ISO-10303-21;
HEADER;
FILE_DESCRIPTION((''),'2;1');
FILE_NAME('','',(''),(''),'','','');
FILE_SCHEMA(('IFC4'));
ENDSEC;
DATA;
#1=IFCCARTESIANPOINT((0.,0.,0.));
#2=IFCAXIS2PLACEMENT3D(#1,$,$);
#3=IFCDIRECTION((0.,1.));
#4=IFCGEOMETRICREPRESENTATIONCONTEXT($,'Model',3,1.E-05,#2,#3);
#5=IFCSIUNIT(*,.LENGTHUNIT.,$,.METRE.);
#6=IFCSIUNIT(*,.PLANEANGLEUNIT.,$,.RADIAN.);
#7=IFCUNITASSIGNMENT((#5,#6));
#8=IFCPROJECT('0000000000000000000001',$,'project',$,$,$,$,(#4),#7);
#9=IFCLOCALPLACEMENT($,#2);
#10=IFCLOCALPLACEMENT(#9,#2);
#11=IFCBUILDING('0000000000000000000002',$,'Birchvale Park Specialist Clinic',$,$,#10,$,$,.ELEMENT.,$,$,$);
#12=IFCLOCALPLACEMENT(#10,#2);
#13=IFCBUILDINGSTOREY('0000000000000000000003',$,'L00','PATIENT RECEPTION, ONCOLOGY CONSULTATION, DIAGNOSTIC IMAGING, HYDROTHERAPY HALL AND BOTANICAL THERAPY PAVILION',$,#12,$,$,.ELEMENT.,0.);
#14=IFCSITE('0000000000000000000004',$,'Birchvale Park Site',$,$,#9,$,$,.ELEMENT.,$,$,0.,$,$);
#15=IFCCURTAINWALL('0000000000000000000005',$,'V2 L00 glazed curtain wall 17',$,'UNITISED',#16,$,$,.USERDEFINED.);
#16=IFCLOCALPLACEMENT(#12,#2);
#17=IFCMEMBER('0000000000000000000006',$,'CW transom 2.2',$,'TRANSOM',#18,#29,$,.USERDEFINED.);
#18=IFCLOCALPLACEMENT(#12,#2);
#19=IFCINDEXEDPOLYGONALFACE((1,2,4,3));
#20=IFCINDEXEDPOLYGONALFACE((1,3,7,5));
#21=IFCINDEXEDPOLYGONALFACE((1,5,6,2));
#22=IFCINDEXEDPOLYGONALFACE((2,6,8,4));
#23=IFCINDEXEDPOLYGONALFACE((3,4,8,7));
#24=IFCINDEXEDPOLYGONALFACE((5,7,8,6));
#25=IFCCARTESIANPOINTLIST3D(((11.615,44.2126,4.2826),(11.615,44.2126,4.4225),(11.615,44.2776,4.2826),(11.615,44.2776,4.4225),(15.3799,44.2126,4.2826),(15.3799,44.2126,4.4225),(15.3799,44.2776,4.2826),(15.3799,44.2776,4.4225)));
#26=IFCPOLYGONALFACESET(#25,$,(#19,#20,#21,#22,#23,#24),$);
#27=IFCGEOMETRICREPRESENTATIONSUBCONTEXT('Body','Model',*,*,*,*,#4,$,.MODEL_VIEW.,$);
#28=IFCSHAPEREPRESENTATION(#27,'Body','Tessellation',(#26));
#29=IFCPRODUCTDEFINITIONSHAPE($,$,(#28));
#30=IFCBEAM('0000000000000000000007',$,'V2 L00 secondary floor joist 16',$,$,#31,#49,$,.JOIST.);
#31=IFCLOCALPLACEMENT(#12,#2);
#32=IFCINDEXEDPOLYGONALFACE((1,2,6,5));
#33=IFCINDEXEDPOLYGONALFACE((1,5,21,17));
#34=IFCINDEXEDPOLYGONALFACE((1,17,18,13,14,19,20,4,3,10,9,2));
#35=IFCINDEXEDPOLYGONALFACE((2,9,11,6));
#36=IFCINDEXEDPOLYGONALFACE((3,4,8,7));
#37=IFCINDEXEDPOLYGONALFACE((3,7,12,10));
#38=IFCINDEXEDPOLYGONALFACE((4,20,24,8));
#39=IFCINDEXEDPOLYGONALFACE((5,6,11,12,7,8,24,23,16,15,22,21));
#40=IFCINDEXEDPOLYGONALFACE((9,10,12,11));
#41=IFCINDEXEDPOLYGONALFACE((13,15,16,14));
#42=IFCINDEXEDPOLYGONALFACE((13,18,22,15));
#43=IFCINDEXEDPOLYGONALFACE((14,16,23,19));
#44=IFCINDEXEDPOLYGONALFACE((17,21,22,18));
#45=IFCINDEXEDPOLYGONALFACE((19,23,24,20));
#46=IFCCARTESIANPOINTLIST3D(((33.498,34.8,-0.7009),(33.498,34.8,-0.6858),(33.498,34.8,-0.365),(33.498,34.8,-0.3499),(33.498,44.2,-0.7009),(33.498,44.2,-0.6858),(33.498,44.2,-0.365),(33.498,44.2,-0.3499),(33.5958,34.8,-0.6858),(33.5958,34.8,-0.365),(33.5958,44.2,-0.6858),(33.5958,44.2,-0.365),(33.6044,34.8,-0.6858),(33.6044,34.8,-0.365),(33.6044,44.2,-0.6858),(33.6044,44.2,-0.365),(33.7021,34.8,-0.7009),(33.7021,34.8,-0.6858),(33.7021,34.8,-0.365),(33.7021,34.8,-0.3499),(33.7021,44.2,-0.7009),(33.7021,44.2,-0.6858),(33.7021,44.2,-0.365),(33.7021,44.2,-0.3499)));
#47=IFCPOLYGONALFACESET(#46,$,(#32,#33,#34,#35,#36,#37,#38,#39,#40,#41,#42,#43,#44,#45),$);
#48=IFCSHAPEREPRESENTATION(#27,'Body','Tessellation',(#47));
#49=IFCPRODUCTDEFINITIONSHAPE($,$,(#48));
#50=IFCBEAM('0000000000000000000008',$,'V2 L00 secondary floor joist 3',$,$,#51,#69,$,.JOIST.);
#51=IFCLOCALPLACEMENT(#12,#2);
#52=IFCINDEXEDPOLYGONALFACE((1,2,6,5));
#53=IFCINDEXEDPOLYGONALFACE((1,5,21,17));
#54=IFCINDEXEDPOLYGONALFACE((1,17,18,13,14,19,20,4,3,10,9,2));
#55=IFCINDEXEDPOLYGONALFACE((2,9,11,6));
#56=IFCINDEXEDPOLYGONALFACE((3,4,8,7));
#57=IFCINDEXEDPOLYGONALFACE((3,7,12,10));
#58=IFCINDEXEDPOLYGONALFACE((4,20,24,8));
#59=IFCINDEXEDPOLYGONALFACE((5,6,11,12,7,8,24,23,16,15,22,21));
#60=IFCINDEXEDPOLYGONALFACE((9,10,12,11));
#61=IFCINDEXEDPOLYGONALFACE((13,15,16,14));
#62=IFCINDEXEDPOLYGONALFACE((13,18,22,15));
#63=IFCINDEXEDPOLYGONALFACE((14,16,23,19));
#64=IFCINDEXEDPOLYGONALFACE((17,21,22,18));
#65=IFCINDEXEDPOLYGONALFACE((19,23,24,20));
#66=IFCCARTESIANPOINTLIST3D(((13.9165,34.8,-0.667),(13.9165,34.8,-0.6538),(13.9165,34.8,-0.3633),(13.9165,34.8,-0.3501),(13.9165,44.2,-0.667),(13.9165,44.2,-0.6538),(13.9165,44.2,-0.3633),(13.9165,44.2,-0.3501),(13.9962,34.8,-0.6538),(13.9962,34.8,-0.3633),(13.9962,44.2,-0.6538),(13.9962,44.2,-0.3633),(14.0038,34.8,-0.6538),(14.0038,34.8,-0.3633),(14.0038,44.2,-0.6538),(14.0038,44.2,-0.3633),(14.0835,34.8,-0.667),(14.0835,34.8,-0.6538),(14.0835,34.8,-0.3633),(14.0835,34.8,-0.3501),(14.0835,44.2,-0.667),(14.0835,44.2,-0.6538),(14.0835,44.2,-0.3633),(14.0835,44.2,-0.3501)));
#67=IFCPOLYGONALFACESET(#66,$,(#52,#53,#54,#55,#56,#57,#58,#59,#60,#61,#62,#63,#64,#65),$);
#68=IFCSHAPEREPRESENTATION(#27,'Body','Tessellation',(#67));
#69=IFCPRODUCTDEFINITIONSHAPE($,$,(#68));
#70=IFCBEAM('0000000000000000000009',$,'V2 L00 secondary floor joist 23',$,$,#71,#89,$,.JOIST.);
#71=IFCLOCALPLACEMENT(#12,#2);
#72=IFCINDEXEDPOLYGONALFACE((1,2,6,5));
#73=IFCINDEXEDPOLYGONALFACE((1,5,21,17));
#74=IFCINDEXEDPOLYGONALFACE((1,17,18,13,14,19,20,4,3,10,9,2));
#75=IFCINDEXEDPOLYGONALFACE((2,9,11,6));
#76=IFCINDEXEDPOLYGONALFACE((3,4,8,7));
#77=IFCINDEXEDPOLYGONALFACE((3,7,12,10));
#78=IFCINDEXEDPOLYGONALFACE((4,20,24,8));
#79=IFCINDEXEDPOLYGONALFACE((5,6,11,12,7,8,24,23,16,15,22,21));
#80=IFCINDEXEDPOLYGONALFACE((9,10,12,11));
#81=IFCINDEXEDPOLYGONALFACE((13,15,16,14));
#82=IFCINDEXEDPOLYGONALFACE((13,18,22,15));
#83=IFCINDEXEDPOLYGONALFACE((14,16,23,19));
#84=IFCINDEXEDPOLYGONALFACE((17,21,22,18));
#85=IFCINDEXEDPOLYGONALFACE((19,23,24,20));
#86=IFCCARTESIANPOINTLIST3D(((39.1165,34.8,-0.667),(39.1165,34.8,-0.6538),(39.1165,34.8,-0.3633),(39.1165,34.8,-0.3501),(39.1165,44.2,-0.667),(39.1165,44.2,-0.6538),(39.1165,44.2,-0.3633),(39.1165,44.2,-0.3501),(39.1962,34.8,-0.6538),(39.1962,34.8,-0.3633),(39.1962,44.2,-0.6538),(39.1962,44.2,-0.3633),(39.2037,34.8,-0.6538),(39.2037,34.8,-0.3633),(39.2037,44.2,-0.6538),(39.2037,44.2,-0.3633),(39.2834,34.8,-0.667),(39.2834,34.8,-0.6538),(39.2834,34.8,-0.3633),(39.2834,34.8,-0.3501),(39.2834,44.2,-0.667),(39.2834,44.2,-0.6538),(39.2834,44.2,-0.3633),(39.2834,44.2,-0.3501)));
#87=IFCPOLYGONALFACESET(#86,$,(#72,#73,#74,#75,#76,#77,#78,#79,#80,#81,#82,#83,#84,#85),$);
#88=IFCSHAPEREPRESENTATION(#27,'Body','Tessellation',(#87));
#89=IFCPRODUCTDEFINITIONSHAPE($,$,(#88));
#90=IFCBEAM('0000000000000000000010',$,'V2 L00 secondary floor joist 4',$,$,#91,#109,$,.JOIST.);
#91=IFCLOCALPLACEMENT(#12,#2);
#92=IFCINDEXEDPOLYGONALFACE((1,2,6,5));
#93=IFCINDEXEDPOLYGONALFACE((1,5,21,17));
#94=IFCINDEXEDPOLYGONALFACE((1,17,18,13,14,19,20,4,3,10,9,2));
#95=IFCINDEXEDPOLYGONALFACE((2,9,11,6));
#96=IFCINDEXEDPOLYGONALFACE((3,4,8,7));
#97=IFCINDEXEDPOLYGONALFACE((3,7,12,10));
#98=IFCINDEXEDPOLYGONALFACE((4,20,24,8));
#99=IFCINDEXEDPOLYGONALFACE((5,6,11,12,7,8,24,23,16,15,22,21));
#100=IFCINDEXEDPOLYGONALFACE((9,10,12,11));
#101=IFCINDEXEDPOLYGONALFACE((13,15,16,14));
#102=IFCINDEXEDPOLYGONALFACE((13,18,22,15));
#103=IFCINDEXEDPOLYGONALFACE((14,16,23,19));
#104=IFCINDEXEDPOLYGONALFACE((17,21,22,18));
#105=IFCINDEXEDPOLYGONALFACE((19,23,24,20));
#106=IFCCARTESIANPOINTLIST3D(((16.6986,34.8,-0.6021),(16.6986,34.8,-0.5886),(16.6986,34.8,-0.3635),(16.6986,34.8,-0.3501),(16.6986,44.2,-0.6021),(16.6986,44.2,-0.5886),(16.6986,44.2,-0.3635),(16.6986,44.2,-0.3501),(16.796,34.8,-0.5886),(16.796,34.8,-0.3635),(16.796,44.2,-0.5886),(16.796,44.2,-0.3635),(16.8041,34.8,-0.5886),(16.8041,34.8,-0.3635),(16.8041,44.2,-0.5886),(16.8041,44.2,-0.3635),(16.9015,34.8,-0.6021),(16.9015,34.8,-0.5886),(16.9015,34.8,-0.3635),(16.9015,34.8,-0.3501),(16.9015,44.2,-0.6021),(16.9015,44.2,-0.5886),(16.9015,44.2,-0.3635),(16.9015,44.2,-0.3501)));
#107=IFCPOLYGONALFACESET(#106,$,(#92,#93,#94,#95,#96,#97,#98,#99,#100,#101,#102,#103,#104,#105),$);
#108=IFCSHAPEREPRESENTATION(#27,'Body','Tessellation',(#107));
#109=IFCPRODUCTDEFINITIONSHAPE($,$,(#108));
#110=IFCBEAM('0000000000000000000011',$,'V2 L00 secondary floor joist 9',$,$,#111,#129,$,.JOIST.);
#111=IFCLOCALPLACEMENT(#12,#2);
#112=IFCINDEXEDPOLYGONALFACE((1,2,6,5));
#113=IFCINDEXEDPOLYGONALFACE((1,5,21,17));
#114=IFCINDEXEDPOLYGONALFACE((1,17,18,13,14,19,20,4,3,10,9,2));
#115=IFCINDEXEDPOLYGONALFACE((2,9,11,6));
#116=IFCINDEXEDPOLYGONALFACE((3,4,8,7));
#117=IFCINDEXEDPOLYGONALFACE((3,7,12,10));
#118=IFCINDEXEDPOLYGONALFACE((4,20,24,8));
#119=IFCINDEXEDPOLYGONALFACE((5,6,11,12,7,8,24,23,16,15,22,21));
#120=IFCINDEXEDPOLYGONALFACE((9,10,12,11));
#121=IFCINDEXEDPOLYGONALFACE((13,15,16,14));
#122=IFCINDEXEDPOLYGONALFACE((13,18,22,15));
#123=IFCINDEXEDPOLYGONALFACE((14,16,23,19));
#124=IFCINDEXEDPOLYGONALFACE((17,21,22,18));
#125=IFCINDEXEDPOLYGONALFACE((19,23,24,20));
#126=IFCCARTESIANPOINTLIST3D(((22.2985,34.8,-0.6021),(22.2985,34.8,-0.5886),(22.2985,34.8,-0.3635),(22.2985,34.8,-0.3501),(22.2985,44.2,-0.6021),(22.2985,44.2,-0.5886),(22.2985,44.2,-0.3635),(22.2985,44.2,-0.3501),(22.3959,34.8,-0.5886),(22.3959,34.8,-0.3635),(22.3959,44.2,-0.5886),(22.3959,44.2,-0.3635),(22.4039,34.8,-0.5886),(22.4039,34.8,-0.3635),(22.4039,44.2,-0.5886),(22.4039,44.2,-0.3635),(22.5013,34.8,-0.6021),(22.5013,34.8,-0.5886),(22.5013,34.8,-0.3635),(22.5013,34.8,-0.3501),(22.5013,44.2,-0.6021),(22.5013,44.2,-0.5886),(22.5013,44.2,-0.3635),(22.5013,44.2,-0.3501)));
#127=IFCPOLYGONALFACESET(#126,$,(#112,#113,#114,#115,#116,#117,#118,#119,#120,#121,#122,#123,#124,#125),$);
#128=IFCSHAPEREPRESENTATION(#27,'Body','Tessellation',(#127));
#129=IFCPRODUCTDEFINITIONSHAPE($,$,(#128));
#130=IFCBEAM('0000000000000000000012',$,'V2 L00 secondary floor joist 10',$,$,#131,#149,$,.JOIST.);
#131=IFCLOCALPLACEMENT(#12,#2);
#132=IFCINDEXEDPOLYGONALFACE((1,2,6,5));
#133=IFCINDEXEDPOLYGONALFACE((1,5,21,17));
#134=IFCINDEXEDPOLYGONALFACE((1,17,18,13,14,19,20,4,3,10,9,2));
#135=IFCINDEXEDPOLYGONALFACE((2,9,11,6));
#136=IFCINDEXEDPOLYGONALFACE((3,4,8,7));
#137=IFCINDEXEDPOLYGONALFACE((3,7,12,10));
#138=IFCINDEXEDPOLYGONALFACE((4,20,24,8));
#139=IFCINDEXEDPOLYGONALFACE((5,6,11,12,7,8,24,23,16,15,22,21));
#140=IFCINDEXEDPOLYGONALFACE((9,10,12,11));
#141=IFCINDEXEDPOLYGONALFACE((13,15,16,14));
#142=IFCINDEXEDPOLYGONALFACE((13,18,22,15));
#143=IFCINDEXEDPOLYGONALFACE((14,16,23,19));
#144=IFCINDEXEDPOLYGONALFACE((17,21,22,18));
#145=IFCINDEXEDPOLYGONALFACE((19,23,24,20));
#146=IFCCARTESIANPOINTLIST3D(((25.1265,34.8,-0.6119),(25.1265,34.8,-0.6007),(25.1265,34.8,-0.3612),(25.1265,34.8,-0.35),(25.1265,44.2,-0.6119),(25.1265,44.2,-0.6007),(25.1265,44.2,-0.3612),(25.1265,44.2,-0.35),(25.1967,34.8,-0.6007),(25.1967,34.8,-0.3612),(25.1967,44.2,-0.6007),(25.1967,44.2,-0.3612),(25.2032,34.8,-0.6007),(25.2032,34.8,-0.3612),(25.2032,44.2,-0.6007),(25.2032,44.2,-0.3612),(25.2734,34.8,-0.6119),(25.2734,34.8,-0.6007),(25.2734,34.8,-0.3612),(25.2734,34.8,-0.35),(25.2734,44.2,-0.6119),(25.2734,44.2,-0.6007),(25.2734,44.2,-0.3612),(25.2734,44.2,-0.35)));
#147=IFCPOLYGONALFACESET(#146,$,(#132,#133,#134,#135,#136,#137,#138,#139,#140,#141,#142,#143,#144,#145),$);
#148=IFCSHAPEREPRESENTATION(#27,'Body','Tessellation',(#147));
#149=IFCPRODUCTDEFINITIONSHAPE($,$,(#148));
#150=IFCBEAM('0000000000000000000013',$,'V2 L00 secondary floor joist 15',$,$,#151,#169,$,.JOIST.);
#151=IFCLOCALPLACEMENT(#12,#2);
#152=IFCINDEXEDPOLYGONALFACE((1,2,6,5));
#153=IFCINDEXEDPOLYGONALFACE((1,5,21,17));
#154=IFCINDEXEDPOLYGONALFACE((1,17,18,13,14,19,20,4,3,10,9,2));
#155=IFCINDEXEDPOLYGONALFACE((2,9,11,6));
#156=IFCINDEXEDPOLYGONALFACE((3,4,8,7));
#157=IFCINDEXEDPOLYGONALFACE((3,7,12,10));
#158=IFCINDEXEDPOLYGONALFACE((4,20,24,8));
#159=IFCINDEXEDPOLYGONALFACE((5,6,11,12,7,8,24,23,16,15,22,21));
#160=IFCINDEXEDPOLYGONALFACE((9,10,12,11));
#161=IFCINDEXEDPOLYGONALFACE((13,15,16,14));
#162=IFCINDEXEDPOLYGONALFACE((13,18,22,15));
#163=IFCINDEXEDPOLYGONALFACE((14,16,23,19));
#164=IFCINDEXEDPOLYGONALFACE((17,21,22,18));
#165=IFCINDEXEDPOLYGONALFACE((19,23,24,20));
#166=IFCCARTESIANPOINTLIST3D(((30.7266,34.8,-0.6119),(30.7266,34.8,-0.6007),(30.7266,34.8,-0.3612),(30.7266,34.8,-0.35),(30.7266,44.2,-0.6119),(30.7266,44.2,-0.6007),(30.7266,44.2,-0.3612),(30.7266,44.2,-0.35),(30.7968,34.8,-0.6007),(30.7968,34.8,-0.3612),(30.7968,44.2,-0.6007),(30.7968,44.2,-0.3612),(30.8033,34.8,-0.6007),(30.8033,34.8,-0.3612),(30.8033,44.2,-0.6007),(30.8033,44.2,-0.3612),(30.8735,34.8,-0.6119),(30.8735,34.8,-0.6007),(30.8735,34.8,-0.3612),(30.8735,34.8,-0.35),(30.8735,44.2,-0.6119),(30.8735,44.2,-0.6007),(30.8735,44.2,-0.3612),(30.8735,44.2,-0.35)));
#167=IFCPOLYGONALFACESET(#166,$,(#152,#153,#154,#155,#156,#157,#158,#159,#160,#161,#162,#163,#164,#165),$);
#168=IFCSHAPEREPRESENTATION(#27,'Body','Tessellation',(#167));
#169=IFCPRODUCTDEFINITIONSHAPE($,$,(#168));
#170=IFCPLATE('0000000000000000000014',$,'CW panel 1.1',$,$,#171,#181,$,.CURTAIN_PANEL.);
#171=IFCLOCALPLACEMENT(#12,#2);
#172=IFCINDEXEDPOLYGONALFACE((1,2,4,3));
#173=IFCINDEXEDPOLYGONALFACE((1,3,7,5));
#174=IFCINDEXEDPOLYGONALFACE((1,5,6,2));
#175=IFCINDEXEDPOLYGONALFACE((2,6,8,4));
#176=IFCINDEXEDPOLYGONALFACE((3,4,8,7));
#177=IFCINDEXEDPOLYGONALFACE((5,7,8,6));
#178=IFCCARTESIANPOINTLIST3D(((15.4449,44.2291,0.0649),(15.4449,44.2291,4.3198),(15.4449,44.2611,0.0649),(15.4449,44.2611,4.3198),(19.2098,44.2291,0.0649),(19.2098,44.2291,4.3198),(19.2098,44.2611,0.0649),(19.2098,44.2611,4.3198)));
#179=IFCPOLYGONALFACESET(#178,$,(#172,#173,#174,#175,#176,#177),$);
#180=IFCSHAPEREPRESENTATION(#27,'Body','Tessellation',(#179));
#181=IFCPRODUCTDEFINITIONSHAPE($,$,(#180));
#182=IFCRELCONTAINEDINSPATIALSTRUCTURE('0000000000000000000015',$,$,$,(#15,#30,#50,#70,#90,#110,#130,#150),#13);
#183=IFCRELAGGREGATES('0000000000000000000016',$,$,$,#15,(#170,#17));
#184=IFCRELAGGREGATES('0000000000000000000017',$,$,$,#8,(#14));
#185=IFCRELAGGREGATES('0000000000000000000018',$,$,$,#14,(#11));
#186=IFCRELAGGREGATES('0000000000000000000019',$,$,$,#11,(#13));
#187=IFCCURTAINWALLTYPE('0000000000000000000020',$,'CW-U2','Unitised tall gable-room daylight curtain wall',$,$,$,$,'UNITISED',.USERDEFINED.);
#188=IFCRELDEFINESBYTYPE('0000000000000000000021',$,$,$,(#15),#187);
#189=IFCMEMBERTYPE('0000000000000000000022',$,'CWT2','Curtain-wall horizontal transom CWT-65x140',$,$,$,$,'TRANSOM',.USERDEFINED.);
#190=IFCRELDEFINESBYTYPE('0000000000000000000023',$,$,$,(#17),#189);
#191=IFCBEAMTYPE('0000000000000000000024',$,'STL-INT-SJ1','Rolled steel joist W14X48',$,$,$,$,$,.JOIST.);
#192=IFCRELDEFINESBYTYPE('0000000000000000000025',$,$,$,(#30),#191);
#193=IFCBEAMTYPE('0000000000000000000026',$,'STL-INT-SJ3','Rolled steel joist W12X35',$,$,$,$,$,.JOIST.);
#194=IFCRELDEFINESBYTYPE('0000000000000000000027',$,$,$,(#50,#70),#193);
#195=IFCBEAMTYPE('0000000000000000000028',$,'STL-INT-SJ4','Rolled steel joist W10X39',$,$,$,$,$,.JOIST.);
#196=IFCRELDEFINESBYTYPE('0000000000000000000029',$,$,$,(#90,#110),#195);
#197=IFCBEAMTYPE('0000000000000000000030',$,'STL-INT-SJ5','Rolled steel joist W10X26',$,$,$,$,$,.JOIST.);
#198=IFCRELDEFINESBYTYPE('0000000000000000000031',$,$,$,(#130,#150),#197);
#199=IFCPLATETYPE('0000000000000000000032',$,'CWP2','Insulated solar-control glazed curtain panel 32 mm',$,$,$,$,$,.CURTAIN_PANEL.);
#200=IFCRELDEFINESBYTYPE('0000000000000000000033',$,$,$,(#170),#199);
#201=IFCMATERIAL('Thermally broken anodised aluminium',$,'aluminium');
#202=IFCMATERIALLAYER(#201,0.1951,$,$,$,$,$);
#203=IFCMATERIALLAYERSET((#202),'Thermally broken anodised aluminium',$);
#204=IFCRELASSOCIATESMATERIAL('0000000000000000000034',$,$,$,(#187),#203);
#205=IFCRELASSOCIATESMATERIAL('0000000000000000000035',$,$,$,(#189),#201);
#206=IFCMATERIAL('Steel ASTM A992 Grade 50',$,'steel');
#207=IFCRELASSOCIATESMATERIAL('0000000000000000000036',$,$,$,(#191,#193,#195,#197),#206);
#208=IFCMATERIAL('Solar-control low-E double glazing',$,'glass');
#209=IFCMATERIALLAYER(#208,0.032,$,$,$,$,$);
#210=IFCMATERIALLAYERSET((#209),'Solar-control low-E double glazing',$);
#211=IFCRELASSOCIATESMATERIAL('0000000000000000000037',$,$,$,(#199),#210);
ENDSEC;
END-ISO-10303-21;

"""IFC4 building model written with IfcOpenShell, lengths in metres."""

from ifc_helpers import new_model, si_unit, direction, frame, origin, origin_2d, place, context, subcontext, project, spatial, rectangle, i_section, extrude, material, layer, layer_set, material_profile, profile_set, type_object, element, aggregate, save


model = new_model("IFC4")

# Units and contexts
model_context = context("Model", 3, precision=1e-05, world=origin(), true_north=direction((0.0, 1.0)))
body_context = subcontext(model_context, "Body", "Model", "MODEL_VIEW")
ifc_project = project(units=[si_unit("LENGTHUNIT", "METRE"), si_unit("PLANEANGLEUNIT", "RADIAN")], contexts=[model_context])

# Site, building, storey
site_placement = place(None, origin())
site = spatial("IfcSite", under=ifc_project, at=site_placement, Name="Birchvale Park Site", CompositionType="ELEMENT", RefElevation=0.0)
building_placement = place(site_placement, origin())
building = spatial("IfcBuilding", under=site, at=building_placement, Name="Birchvale Park Specialist Clinic", CompositionType="ELEMENT")
storey_placement = place(building_placement, origin())
storey = spatial("IfcBuildingStorey", under=building, at=storey_placement, Name="L00", Description="PATIENT RECEPTION, ONCOLOGY CONSULTATION, DIAGNOSTIC IMAGING, HYDROTHERAPY HALL AND BOTANICAL THERAPY PAVILION", CompositionType="ELEMENT", Elevation=0.0)

# Curtain wall, member
ifc_material_1 = material(Name="Thermally broken anodised aluminium", Category="aluminium")
ifc_layer_1 = layer(ifc_material_1, 0.1951)
ifc_layer_set_1 = layer_set([ifc_layer_1], Name="Thermally broken anodised aluminium")
curtain_wall_type = type_object("IfcCurtainWallType", Name="CW-U2", Description="Unitised tall gable-room daylight curtain wall", ElementType="UNITISED", PredefinedType="USERDEFINED", material=ifc_layer_set_1)
curtain_wall_placement = place(storey_placement, origin())
curtain_wall = element("IfcCurtainWall", 1, at=curtain_wall_placement, inside=storey, type_object=curtain_wall_type, Name="V2 L00 glazed curtain wall 17", ObjectType="UNITISED", PredefinedType="USERDEFINED")
ifc_material_profile_1 = material_profile(ifc_material_1, rectangle(XDim=0.0649, YDim=0.1399, at=origin_2d()), Name="CWT-65x140")
ifc_profile_set_1 = profile_set([ifc_material_profile_1], Name="Thermally broken anodised aluminium")
member_type_1 = type_object("IfcMemberType", Name="CWT2", Description="Curtain-wall horizontal transom CWT-65x140", ElementType="TRANSOM", PredefinedType="USERDEFINED", material=ifc_profile_set_1)
member_1_placement = place(storey_placement, frame((15.3799, 44.2451, 4.3525), z_axis=(-1.0, 0.0, 0.0), x_axis=(0.0, -1.0, 0.0)))
member_1 = element("IfcMember", 2, at=member_1_placement, type_object=member_type_1, Name="CW transom 2.2", ObjectType="TRANSOM", PredefinedType="USERDEFINED", context=body_context, shape_type="SweptSolid", body=[
    extrude(rectangle(XDim=0.0649, YDim=0.1399, at=origin_2d()), origin(), (0.0, 0.0, 1.0), 3.7649),
])

# Beams
ifc_material_2 = material(Name="Steel ASTM A992 Grade 50", Category="steel")
ifc_material_profile_2 = material_profile(ifc_material_2, i_section(OverallWidth=0.2041, OverallDepth=0.3511, WebThickness=0.0085, FlangeThickness=0.0151, at=origin_2d()), Name="W14X48")
ifc_profile_set_2 = profile_set([ifc_material_profile_2], Name="Steel ASTM A992 Grade 50")
beam_type_1 = type_object("IfcBeamType", Name="STL-INT-SJ1", Description="Rolled steel joist W14X48", PredefinedType="JOIST", material=ifc_profile_set_2)
beam_1_placement = place(storey_placement, frame((33.6001, 34.8, -0.5254), z_axis=(0.0, 1.0, 0.0), x_axis=(-1.0, 0.0, 0.0)))
element("IfcBeam", 3, at=beam_1_placement, inside=storey, type_object=beam_type_1, Name="V2 L00 secondary floor joist 16", PredefinedType="JOIST", context=body_context, shape_type="SweptSolid", body=[
    extrude(i_section(OverallWidth=0.2041, OverallDepth=0.3511, WebThickness=0.0085, FlangeThickness=0.0151, at=origin_2d()), origin(), (0.0, 0.0, 1.0), 9.3999),
])
ifc_material_profile_3 = material_profile(ifc_material_2, i_section(OverallWidth=0.167, OverallDepth=0.3169, WebThickness=0.0076, FlangeThickness=0.0132, at=origin_2d()), Name="W12X35")
ifc_profile_set_3 = profile_set([ifc_material_profile_3], Name="Steel ASTM A992 Grade 50")
beam_type_2 = type_object("IfcBeamType", Name="STL-INT-SJ3", Description="Rolled steel joist W12X35", PredefinedType="JOIST", material=ifc_profile_set_3)
for number, where, z_axis, x_axis, name in (
    (4, (14.0, 34.8, -0.5085), (0.0, 1.0, 0.0), (-1.0, 0.0, 0.0), "V2 L00 secondary floor joist 3"),
    (5, (39.2, 34.8, -0.5085), (0.0, 1.0, 0.0), (-1.0, 0.0, 0.0), "V2 L00 secondary floor joist 23"),
):
    element("IfcBeam", number, at=place(storey_placement, frame(where, z_axis=z_axis, x_axis=x_axis)), inside=storey, type_object=beam_type_2, Name=name, PredefinedType="JOIST", context=body_context, shape_type="SweptSolid", body=[
        extrude(i_section(OverallWidth=0.167, OverallDepth=0.3169, WebThickness=0.0076, FlangeThickness=0.0132, at=origin_2d()), origin(), (0.0, 0.0, 1.0), 9.3999),
    ])
ifc_material_profile_4 = material_profile(ifc_material_2, i_section(OverallWidth=0.2029, OverallDepth=0.252, WebThickness=0.0081, FlangeThickness=0.0134, at=origin_2d()), Name="W10X39")
ifc_profile_set_4 = profile_set([ifc_material_profile_4], Name="Steel ASTM A992 Grade 50")
beam_type_3 = type_object("IfcBeamType", Name="STL-INT-SJ4", Description="Rolled steel joist W10X39", PredefinedType="JOIST", material=ifc_profile_set_4)
for number, where, z_axis, x_axis, name in (
    (6, (16.8, 34.8, -0.4761), (0.0, 1.0, 0.0), (-1.0, 0.0, 0.0), "V2 L00 secondary floor joist 4"),
    (7, (22.3999, 34.8, -0.4761), (0.0, 1.0, 0.0), (-1.0, 0.0, 0.0), "V2 L00 secondary floor joist 9"),
):
    element("IfcBeam", number, at=place(storey_placement, frame(where, z_axis=z_axis, x_axis=x_axis)), inside=storey, type_object=beam_type_3, Name=name, PredefinedType="JOIST", context=body_context, shape_type="SweptSolid", body=[
        extrude(i_section(OverallWidth=0.2029, OverallDepth=0.252, WebThickness=0.0081, FlangeThickness=0.0134, at=origin_2d()), origin(), (0.0, 0.0, 1.0), 9.3999),
    ])
ifc_material_profile_5 = material_profile(ifc_material_2, i_section(OverallWidth=0.147, OverallDepth=0.262, WebThickness=0.0066, FlangeThickness=0.0112, at=origin_2d()), Name="W10X26")
ifc_profile_set_5 = profile_set([ifc_material_profile_5], Name="Steel ASTM A992 Grade 50")
beam_type_4 = type_object("IfcBeamType", Name="STL-INT-SJ5", Description="Rolled steel joist W10X26", PredefinedType="JOIST", material=ifc_profile_set_5)
for number, where, z_axis, x_axis, name in (
    (8, (25.2, 34.8, -0.481), (0.0, 1.0, 0.0), (-1.0, 0.0, 0.0), "V2 L00 secondary floor joist 10"),
    (9, (30.8, 34.8, -0.481), (0.0, 1.0, 0.0), (-1.0, 0.0, 0.0), "V2 L00 secondary floor joist 15"),
):
    element("IfcBeam", number, at=place(storey_placement, frame(where, z_axis=z_axis, x_axis=x_axis)), inside=storey, type_object=beam_type_4, Name=name, PredefinedType="JOIST", context=body_context, shape_type="SweptSolid", body=[
        extrude(i_section(OverallWidth=0.147, OverallDepth=0.262, WebThickness=0.0066, FlangeThickness=0.0112, at=origin_2d()), origin(), (0.0, 0.0, 1.0), 9.3999),
    ])

# Plate
ifc_material_3 = material(Name="Solar-control low-E double glazing", Category="glass")
ifc_layer_2 = layer(ifc_material_3, 0.032)
ifc_layer_set_2 = layer_set([ifc_layer_2], Name="Solar-control low-E double glazing")
plate_type = type_object("IfcPlateType", Name="CWP2", Description="Insulated solar-control glazed curtain panel 32 mm", PredefinedType="CURTAIN_PANEL", material=ifc_layer_set_2)
plate_1_placement = place(storey_placement, frame((17.3274, 44.2451, 0.0649), z_axis=(0.0, 0.0, 1.0), x_axis=(-1.0, 0.0, 0.0)))
plate_1 = element("IfcPlate", 10, at=plate_1_placement, type_object=plate_type, Name="CW panel 1.1", PredefinedType="CURTAIN_PANEL", context=body_context, shape_type="SweptSolid", body=[
    extrude(rectangle(XDim=3.7649, YDim=0.032, at=origin_2d()), origin(), (0.0, 0.0, 1.0), 4.2549),
])
aggregate(curtain_wall, [plate_1, member_1])

save(model, "model.ifc")
